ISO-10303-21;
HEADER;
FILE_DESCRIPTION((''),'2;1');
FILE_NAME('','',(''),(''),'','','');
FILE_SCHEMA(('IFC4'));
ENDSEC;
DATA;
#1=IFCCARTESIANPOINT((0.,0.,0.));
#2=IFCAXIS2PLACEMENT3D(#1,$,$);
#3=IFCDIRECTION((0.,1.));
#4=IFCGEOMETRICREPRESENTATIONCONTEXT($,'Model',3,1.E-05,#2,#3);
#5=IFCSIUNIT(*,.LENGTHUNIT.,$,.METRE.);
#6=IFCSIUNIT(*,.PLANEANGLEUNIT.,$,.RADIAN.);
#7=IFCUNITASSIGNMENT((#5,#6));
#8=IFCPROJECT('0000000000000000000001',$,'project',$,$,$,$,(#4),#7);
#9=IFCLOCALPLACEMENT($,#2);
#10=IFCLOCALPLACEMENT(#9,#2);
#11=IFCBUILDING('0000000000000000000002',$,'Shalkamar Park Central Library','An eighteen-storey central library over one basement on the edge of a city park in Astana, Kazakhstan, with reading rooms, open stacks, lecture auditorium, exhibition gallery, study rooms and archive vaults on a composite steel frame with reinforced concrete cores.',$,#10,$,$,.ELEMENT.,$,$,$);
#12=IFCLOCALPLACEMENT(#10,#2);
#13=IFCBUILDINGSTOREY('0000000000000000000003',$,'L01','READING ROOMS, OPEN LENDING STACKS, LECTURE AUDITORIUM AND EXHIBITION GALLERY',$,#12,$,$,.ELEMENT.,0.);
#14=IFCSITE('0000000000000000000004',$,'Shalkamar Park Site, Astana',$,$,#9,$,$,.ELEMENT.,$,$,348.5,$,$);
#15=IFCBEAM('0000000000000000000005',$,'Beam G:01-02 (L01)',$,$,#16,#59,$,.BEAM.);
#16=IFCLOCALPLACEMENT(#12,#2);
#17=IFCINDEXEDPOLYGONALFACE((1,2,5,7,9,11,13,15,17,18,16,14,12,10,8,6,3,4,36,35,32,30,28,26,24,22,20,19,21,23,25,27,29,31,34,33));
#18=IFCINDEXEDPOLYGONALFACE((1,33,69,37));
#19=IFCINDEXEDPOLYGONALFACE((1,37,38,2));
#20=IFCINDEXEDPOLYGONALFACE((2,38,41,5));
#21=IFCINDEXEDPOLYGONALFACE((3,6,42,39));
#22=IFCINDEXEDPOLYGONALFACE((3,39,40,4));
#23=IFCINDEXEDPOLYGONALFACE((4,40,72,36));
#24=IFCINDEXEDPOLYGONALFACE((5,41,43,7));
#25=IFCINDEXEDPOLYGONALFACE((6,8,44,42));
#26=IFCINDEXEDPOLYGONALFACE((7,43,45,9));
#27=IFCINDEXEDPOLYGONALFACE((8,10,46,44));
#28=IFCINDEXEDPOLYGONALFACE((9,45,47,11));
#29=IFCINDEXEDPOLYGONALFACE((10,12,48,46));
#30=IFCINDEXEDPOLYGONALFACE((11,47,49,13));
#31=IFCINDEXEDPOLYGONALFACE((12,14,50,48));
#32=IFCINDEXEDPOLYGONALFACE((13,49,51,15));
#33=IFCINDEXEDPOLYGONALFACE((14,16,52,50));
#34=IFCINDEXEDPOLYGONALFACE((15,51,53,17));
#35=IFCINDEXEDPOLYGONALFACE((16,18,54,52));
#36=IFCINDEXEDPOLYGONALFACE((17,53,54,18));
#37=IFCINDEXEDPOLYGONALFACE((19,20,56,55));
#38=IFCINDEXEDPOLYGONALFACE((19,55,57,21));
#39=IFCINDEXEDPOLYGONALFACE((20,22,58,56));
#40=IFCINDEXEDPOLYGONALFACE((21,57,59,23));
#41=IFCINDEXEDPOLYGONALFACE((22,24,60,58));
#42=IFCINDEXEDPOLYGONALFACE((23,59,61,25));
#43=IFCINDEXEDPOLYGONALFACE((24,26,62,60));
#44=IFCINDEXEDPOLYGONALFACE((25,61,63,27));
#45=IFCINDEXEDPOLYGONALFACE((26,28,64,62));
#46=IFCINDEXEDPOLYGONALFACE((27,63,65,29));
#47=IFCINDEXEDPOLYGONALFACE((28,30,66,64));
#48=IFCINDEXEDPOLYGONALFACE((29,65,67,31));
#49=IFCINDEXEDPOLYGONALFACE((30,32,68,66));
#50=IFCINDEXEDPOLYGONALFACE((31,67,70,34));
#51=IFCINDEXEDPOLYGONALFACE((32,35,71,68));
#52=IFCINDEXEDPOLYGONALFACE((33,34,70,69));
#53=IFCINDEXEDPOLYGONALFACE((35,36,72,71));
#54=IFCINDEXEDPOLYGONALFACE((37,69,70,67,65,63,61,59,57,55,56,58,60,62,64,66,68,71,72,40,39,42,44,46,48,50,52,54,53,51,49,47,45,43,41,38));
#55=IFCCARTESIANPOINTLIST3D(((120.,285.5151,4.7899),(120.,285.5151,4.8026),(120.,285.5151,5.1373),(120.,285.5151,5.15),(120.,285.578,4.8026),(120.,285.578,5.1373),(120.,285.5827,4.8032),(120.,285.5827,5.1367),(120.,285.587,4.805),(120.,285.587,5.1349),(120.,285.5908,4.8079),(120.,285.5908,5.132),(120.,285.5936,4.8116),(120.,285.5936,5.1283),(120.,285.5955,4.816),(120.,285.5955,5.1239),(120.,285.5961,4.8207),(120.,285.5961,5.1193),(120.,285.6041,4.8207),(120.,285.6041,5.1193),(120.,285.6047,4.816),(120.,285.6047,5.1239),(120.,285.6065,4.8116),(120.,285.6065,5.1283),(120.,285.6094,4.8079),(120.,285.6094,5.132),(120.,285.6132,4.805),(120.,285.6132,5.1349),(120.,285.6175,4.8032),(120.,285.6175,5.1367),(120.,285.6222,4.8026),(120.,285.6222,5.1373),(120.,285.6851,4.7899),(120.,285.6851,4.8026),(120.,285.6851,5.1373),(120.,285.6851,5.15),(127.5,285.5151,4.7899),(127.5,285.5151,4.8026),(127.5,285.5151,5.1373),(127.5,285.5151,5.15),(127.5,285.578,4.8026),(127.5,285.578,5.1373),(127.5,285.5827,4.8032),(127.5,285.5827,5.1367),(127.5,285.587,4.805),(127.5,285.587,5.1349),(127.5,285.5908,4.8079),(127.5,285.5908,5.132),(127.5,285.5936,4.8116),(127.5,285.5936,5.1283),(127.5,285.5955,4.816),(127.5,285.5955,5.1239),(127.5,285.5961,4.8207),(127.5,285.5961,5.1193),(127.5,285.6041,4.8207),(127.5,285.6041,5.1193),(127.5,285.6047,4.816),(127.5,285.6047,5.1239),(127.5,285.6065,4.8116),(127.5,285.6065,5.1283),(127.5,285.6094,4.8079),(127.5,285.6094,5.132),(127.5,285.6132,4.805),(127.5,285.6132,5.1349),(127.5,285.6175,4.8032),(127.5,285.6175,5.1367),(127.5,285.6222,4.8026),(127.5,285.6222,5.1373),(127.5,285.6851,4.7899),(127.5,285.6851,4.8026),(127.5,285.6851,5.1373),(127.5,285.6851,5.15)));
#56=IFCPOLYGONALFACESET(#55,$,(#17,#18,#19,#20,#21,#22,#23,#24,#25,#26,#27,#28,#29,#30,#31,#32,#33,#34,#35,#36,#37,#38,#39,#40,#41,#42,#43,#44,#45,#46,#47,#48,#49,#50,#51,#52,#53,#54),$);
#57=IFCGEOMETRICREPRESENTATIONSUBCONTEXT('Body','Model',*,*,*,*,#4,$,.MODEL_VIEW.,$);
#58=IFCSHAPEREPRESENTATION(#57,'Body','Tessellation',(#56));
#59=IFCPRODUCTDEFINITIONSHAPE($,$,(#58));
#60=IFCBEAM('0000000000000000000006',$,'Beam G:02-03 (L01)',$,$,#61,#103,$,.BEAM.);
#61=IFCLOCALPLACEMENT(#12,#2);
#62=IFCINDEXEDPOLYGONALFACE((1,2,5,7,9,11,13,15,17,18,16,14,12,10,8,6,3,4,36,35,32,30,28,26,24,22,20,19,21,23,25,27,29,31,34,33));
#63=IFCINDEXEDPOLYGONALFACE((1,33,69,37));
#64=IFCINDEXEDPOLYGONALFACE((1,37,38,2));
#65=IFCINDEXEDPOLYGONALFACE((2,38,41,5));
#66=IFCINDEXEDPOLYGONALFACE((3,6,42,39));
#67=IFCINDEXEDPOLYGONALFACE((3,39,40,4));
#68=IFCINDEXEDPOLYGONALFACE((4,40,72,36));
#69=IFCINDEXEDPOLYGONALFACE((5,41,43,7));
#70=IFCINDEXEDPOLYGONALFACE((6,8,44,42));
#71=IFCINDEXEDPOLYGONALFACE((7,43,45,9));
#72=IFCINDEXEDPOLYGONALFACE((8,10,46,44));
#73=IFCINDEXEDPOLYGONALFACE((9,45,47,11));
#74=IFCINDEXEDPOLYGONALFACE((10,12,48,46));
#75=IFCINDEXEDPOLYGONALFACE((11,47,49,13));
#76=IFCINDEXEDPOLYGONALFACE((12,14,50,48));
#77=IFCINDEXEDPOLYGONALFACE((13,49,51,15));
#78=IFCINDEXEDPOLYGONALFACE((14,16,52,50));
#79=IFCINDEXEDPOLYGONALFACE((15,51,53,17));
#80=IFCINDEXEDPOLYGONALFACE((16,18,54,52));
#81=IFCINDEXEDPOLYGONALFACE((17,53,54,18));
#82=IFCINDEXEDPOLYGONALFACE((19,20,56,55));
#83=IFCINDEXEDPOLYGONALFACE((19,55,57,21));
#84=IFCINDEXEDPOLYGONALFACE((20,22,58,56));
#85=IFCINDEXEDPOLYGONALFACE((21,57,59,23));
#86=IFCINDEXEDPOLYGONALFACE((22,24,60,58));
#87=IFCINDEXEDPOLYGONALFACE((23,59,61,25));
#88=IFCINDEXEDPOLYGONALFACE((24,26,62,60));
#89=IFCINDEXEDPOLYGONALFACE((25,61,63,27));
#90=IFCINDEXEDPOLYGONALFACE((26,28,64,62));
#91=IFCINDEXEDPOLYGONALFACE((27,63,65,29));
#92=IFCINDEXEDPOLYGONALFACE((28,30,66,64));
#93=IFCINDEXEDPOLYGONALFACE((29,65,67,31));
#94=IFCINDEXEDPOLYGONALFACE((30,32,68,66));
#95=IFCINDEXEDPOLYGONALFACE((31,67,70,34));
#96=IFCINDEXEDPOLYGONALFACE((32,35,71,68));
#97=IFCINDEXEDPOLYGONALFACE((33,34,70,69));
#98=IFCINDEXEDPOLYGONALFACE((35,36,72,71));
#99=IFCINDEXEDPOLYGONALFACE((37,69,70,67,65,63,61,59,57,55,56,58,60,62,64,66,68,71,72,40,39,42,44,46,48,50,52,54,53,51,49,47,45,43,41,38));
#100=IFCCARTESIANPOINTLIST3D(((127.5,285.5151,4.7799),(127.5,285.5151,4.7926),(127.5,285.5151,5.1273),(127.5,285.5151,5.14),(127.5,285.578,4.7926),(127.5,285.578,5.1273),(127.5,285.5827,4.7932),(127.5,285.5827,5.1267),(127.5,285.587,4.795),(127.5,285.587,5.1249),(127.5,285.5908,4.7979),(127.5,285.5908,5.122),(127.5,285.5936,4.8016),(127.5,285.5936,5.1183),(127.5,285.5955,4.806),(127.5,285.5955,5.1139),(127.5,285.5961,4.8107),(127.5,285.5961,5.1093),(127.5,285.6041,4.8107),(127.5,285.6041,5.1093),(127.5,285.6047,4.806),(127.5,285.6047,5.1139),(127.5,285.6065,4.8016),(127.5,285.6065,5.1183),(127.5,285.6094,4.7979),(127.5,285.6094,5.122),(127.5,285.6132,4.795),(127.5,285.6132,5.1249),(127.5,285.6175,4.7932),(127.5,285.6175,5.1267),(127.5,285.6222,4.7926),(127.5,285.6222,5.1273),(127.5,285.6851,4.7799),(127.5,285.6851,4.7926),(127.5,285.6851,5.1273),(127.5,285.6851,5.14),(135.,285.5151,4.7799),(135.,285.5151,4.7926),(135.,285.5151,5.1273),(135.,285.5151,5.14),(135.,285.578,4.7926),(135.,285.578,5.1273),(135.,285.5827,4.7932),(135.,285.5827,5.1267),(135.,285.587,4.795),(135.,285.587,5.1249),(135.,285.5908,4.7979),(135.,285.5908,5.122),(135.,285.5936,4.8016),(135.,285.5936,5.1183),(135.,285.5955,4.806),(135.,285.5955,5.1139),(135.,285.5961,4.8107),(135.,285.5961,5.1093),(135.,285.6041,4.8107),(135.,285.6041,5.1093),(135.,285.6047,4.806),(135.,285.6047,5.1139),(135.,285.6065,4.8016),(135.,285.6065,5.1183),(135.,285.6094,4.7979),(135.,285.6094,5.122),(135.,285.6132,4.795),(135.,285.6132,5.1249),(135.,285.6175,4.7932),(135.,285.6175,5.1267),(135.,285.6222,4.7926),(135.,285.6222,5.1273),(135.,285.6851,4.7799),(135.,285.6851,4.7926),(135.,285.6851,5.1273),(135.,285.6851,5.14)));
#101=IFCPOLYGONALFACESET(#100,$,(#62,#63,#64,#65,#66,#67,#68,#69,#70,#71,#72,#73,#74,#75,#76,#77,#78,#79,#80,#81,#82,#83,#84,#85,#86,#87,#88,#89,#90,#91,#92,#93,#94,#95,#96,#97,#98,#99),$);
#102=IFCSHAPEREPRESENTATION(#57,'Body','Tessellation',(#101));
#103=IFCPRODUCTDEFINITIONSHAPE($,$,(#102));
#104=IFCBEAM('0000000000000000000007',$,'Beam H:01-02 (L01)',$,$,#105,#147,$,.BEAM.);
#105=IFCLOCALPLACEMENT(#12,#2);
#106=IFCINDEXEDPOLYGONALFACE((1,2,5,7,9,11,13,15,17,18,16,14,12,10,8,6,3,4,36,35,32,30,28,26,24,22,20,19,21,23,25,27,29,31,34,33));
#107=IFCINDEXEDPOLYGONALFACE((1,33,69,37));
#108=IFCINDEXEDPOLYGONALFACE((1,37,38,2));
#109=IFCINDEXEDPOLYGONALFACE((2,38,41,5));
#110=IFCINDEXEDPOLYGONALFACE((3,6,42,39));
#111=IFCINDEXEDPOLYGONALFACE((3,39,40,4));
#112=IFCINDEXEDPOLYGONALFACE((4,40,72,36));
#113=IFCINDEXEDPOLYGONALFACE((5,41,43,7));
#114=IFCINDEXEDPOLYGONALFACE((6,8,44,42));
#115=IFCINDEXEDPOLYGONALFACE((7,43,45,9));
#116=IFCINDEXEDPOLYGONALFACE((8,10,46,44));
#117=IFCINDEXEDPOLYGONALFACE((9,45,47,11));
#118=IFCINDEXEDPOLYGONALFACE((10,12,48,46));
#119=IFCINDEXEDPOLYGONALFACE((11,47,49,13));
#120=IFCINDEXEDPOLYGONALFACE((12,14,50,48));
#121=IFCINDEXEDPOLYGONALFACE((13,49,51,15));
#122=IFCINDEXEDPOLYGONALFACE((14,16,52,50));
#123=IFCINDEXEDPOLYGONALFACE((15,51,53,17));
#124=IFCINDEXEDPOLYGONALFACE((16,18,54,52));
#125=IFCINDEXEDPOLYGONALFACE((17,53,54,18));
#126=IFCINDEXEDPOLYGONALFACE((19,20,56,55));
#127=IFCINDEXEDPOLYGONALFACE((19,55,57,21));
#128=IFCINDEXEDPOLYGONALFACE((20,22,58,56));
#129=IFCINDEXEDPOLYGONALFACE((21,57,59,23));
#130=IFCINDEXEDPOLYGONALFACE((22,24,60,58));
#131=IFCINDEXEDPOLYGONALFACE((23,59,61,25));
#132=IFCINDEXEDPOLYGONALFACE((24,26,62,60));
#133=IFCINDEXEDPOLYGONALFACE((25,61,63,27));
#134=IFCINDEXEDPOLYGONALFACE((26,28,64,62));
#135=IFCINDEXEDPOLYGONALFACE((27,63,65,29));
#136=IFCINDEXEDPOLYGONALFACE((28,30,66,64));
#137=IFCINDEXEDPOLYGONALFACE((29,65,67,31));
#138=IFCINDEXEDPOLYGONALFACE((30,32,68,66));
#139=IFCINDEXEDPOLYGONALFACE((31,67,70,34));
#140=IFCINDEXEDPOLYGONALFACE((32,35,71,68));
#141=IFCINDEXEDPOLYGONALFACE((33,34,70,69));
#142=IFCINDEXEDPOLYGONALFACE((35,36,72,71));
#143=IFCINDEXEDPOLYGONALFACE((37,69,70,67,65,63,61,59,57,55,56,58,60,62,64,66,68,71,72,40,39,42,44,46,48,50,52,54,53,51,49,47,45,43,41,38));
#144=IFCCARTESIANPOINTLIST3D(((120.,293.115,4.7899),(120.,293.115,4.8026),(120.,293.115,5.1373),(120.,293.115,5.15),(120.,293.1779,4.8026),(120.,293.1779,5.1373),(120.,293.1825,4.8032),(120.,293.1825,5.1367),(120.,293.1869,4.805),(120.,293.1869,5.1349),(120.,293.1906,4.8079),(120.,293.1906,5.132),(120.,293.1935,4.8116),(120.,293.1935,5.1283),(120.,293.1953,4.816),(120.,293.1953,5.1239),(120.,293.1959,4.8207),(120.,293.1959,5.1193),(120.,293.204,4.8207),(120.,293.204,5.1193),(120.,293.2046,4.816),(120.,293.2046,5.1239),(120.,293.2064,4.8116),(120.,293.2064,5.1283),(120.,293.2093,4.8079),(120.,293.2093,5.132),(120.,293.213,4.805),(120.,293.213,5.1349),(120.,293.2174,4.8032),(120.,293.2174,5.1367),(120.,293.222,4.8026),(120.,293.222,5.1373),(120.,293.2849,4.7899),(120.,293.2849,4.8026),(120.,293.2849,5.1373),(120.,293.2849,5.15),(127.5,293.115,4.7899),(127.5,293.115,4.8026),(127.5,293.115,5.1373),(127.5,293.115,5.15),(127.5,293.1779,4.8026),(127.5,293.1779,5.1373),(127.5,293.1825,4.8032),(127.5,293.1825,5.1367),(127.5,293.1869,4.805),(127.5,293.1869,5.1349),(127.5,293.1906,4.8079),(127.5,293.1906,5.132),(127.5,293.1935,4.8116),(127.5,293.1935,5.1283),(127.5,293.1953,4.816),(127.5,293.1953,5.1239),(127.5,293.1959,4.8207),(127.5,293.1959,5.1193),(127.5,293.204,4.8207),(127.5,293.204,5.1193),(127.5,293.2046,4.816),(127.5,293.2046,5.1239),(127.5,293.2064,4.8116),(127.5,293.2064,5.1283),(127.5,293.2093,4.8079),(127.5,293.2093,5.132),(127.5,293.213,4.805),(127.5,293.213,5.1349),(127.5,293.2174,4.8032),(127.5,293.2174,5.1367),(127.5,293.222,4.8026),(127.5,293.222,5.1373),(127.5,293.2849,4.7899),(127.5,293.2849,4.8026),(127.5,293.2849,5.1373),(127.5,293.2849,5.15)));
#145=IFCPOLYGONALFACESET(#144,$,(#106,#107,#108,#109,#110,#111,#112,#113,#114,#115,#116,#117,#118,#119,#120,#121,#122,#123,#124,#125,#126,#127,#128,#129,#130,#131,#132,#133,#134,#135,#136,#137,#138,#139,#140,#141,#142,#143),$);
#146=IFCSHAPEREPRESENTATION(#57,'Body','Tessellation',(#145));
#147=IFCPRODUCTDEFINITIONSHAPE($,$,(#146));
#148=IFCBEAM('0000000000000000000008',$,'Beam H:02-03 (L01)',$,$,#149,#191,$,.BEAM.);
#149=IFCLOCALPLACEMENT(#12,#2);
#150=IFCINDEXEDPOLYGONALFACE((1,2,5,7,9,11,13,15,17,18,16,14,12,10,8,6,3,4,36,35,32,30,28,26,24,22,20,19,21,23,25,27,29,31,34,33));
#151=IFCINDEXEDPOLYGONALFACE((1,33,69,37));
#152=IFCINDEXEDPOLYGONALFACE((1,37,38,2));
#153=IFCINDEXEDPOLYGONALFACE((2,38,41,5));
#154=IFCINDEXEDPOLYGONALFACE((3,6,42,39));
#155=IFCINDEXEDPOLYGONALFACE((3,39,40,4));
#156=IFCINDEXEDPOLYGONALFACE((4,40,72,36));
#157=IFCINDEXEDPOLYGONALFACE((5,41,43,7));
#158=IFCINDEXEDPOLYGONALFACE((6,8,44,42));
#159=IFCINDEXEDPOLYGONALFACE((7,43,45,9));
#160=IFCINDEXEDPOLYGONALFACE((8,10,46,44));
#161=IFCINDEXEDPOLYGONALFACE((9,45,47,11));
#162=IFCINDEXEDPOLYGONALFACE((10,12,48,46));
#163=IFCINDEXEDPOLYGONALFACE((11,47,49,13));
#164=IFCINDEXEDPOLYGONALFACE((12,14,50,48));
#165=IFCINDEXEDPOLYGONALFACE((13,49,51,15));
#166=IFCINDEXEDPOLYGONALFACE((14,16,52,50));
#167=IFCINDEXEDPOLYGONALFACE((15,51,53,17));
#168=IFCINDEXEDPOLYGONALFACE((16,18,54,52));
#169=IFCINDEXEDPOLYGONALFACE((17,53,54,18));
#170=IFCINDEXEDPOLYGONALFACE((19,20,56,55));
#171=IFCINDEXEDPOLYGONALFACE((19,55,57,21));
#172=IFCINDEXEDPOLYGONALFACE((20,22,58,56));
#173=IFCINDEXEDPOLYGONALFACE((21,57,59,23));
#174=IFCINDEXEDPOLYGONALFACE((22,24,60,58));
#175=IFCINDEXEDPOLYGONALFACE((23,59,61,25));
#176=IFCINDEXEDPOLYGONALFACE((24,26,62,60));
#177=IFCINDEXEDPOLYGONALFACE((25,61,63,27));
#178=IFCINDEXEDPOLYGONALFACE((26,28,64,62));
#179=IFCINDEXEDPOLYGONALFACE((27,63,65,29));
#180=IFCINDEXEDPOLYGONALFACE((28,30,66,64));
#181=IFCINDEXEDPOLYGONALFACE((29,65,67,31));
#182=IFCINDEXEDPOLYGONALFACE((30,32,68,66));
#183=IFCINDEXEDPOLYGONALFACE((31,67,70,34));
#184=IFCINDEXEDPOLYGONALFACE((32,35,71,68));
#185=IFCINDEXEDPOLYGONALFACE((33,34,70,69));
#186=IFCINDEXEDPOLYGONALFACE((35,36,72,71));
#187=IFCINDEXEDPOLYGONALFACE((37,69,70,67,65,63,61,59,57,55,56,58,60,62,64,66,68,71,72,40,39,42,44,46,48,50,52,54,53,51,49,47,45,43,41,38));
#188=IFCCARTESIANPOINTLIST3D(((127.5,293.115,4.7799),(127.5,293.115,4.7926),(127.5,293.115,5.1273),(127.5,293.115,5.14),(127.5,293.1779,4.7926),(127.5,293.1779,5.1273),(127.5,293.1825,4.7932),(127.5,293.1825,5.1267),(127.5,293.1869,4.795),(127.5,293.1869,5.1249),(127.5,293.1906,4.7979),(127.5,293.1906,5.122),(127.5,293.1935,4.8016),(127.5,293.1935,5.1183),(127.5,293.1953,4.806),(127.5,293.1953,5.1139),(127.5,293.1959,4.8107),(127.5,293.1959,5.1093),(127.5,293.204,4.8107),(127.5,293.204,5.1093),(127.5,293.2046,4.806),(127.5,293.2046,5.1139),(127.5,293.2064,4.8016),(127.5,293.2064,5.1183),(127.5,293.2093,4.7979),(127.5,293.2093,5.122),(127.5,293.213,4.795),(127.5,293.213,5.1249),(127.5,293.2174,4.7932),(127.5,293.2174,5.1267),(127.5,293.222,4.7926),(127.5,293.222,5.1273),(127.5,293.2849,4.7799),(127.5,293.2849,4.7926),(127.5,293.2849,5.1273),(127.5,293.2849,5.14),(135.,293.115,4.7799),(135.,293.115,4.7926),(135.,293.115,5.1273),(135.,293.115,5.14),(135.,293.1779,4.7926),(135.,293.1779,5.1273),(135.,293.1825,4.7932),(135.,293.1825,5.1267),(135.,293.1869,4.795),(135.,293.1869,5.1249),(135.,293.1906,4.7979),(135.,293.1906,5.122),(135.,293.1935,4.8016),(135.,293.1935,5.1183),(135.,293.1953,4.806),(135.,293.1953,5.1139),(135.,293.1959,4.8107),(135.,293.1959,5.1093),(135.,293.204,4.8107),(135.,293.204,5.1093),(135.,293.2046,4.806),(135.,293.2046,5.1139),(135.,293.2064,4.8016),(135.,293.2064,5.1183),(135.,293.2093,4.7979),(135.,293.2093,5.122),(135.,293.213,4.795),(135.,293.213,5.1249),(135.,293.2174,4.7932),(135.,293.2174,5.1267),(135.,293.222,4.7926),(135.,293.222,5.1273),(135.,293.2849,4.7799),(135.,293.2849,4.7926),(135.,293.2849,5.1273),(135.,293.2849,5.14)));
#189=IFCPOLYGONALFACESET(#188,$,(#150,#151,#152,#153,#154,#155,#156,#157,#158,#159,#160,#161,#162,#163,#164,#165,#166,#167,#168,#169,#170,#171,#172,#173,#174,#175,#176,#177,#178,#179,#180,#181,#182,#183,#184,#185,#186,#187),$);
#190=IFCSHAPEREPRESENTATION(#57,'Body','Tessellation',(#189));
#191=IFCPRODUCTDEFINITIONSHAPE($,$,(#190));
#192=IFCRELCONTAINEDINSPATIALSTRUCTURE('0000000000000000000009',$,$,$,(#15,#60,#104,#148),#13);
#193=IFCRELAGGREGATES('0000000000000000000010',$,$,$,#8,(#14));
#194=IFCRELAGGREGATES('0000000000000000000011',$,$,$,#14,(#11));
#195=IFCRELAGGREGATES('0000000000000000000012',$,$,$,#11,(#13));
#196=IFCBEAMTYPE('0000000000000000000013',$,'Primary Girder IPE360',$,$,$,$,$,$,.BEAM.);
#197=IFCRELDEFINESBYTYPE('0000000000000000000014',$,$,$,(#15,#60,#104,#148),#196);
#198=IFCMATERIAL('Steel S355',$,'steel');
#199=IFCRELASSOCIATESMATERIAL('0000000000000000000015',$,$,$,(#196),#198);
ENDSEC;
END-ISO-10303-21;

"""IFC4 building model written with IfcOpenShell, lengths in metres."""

from ifc_helpers import new_model, si_unit, direction, frame, origin, origin_2d, place, context, subcontext, project, spatial, i_section, extrude, material, material_profile, profile_set, type_object, element, save


model = new_model("IFC4")

# Units and contexts
model_context = context("Model", 3, precision=1e-05, world=origin(), true_north=direction((0.0, 1.0)))
body_context = subcontext(model_context, "Body", "Model", "MODEL_VIEW")
ifc_project = project(units=[si_unit("LENGTHUNIT", "METRE"), si_unit("PLANEANGLEUNIT", "RADIAN")], contexts=[model_context])

# Site, building, storey
site_placement = place(None, origin())
site = spatial("IfcSite", under=ifc_project, at=site_placement, Name="Shalkamar Park Site, Astana", CompositionType="ELEMENT", RefElevation=348.5)
building_placement = place(site_placement, origin())
building = spatial("IfcBuilding", under=site, at=building_placement, Name="Shalkamar Park Central Library", Description="An eighteen-storey central library over one basement on the edge of a city park in Astana, Kazakhstan, with reading rooms, open stacks, lecture auditorium, exhibition gallery, study rooms and archive vaults on a composite steel frame with reinforced concrete cores.", CompositionType="ELEMENT")
storey_placement = place(building_placement, origin())
storey = spatial("IfcBuildingStorey", under=building, at=storey_placement, Name="L01", Description="READING ROOMS, OPEN LENDING STACKS, LECTURE AUDITORIUM AND EXHIBITION GALLERY", CompositionType="ELEMENT", Elevation=0.0)

# Shared definitions
ifc_material_1 = material(Name="Steel S355", Category="steel")

# Beams
ifc_material_profile_1 = material_profile(ifc_material_1, i_section(OverallWidth=0.1699, OverallDepth=0.3601, WebThickness=0.0081, FlangeThickness=0.0127, FilletRadius=0.0181, at=origin_2d()), Name="IPE 360")
ifc_profile_set_1 = profile_set([ifc_material_profile_1], Name="Steel S355")
beam_type_1 = type_object("IfcBeamType", Name="Primary Girder IPE360", PredefinedType="BEAM", material=ifc_profile_set_1)
for number, where, z_axis, x_axis, name in (
    (1, (120.0, 285.6001, 4.97), (1.0, 0.0, 0.0), (0.0, 1.0, 0.0), "Beam G:01-02 (L01)"),
    (2, (127.5, 285.6001, 4.96), (1.0, 0.0, 0.0), (0.0, 1.0, 0.0), "Beam G:02-03 (L01)"),
    (3, (120.0, 293.2, 4.97), (1.0, 0.0, 0.0), (0.0, 1.0, 0.0), "Beam H:01-02 (L01)"),
    (4, (127.5, 293.2, 4.96), (1.0, 0.0, 0.0), (0.0, 1.0, 0.0), "Beam H:02-03 (L01)"),
):
    element("IfcBeam", number, at=place(storey_placement, frame(where, z_axis=z_axis, x_axis=x_axis)), inside=storey, type_object=beam_type_1, Name=name, PredefinedType="BEAM", context=body_context, shape_type="SweptSolid", body=[
        extrude(i_section(OverallWidth=0.1699, OverallDepth=0.3601, WebThickness=0.0081, FlangeThickness=0.0127, FilletRadius=0.0181, at=origin_2d()), origin(), (0.0, 0.0, 1.0), 7.5),
    ])

save(model, "model.ifc")
